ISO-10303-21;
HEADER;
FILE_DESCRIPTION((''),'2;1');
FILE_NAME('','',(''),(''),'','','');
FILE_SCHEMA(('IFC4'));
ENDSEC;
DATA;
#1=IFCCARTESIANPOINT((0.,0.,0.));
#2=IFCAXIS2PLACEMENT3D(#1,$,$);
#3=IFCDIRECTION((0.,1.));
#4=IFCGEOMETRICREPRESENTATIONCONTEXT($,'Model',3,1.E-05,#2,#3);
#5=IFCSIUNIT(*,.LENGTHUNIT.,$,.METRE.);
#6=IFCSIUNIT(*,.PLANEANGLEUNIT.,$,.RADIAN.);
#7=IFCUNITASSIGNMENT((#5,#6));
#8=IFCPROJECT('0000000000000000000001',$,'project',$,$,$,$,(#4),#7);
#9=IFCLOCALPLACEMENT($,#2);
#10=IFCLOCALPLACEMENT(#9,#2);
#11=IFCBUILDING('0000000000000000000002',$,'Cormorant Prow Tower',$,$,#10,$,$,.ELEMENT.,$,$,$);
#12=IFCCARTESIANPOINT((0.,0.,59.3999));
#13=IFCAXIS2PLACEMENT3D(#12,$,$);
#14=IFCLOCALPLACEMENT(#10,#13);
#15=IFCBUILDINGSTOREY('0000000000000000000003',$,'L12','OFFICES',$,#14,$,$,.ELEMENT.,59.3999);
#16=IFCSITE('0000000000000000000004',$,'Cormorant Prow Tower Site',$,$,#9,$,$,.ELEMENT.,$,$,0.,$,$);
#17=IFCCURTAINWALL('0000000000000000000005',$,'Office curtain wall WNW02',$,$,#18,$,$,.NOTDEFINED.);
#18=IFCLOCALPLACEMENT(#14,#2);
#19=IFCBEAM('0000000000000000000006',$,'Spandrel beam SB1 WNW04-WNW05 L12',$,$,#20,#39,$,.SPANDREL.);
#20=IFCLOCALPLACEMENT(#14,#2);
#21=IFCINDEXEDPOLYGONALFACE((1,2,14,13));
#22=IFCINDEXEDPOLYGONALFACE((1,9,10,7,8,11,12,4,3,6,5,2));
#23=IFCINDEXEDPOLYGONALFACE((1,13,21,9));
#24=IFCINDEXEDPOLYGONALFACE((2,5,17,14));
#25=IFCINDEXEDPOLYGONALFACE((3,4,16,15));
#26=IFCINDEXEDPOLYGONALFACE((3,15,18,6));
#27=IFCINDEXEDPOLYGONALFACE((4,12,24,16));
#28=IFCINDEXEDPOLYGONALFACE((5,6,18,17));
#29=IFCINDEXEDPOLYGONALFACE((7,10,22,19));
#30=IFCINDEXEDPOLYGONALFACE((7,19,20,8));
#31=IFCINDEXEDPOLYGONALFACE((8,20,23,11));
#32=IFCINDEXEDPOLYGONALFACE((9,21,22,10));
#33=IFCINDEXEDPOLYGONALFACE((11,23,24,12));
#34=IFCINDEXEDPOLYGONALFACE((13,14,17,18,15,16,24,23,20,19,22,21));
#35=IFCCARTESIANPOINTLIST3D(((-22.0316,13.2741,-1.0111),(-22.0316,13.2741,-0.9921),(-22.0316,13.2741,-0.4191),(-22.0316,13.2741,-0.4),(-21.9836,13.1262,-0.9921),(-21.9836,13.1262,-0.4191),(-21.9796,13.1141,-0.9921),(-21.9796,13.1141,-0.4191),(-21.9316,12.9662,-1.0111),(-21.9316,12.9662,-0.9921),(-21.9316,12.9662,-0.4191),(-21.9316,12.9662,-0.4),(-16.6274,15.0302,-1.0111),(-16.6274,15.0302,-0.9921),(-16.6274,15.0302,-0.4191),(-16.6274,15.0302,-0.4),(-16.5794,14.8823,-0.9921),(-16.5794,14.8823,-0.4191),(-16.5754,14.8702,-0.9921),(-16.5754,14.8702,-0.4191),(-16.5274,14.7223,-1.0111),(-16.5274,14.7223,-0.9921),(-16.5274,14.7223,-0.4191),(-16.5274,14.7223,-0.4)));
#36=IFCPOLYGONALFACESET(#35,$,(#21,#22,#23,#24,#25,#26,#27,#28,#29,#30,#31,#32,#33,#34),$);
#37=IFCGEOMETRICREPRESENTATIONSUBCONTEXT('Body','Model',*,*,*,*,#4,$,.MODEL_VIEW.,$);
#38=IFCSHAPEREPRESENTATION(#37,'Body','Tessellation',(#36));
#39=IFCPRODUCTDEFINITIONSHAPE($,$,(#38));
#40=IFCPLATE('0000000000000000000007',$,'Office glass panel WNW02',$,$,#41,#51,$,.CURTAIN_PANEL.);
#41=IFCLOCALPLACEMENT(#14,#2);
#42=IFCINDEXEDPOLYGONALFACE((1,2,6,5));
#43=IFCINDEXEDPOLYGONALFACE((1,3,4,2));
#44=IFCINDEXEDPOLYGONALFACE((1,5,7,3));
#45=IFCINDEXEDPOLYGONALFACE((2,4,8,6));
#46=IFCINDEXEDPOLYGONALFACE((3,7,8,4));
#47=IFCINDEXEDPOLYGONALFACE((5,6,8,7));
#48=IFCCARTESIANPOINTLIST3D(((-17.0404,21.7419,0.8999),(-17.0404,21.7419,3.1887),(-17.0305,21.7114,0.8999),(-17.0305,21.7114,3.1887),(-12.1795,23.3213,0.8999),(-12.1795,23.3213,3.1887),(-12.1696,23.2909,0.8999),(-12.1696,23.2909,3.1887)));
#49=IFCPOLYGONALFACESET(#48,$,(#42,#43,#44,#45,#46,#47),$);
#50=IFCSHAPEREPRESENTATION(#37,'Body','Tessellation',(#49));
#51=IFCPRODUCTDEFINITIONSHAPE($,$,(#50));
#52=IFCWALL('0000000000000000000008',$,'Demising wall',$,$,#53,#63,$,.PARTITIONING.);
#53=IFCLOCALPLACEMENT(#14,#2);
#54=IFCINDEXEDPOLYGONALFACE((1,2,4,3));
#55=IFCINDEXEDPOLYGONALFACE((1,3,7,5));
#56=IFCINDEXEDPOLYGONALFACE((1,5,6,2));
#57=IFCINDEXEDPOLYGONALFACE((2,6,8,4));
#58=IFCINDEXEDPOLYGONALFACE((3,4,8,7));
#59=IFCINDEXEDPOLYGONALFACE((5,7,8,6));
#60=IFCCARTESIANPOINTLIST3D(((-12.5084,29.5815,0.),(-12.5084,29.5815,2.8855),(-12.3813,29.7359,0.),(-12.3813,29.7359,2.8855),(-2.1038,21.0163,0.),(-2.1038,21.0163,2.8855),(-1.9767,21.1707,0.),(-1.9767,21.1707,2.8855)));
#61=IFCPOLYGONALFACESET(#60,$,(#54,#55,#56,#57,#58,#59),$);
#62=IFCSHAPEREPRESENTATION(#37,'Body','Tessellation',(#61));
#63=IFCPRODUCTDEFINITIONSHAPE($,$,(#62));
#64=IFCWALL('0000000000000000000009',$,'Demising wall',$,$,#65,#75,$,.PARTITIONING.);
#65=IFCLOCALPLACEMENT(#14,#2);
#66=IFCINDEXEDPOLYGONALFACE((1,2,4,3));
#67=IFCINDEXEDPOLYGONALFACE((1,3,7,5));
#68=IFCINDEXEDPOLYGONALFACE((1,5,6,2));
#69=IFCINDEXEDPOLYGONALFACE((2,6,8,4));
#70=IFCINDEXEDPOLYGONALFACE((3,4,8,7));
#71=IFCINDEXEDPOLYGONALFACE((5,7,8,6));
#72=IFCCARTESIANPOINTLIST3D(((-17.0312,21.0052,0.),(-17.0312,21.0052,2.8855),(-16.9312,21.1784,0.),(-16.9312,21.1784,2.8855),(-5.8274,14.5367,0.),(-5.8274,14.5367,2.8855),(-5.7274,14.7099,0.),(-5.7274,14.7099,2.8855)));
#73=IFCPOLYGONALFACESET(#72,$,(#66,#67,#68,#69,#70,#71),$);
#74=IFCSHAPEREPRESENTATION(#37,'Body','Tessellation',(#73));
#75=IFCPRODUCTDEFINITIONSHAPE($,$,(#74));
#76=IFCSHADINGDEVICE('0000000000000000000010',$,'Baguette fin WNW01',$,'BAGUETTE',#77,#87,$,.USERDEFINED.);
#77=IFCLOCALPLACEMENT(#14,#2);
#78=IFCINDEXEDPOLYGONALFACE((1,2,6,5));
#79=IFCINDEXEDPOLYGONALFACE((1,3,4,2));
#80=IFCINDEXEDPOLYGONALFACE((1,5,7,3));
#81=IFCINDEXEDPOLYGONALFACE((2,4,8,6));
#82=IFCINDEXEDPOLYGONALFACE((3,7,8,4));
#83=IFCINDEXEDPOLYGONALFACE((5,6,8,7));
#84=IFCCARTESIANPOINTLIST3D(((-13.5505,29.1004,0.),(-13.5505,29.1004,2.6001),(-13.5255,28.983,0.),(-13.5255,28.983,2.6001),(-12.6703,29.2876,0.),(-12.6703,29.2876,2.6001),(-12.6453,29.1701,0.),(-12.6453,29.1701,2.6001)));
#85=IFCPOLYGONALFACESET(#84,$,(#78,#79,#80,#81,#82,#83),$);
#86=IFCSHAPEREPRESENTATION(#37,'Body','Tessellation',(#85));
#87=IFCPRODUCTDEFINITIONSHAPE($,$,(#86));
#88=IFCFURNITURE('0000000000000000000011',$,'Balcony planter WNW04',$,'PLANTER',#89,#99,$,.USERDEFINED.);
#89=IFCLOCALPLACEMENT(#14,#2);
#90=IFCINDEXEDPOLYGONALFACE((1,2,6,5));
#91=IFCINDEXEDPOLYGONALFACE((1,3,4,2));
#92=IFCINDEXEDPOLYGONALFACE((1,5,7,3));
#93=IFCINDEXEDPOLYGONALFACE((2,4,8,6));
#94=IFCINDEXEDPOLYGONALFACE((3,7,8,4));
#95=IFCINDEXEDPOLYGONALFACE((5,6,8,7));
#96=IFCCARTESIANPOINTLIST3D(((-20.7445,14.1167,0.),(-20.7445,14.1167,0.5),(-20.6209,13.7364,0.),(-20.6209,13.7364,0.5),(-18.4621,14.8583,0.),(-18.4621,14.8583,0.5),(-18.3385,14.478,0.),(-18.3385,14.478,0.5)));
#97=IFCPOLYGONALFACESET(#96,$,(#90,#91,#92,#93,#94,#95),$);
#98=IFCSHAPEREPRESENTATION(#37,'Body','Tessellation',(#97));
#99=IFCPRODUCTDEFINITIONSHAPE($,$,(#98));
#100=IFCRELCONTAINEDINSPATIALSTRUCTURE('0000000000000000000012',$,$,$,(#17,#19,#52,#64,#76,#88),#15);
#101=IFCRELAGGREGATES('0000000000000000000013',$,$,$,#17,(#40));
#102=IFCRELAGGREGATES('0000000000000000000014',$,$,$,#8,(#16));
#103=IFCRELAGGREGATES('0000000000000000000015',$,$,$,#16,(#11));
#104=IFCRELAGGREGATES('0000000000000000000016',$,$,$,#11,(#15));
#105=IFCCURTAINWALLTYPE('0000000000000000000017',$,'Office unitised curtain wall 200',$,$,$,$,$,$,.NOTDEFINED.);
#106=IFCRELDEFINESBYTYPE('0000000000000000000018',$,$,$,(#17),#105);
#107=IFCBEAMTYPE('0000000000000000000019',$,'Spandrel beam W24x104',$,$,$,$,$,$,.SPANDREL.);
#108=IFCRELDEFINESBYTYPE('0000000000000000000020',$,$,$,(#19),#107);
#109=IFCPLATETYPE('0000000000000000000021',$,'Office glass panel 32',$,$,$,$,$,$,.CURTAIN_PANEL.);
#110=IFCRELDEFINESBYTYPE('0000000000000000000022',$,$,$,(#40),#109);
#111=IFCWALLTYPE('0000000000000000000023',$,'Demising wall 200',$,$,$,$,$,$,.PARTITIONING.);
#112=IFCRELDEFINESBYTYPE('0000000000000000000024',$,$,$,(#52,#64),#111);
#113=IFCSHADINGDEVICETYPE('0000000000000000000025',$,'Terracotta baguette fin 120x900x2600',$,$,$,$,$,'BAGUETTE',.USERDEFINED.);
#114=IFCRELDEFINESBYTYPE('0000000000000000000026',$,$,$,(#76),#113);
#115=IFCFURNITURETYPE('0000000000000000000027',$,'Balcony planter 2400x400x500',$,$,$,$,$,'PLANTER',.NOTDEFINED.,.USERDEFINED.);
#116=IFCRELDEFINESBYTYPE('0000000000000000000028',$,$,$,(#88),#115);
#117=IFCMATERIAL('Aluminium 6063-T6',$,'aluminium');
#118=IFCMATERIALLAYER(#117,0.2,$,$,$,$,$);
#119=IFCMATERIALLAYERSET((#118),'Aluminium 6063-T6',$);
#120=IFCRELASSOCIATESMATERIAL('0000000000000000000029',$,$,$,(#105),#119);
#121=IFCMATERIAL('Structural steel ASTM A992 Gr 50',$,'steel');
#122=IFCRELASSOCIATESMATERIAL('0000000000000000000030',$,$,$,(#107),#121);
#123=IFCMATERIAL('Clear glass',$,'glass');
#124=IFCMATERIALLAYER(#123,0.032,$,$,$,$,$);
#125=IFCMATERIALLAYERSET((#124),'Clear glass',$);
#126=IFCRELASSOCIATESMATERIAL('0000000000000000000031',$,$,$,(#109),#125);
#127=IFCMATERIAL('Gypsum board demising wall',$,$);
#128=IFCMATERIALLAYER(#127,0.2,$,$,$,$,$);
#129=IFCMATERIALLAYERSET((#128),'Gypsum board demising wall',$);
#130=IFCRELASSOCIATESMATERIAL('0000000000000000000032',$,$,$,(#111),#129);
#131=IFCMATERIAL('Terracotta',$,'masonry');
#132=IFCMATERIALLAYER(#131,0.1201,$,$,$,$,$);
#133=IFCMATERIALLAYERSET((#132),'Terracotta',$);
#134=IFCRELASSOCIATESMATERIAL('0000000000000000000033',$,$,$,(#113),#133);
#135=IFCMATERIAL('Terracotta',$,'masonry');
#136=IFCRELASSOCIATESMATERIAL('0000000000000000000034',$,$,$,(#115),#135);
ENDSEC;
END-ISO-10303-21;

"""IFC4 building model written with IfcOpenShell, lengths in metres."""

from ifc_helpers import new_model, si_unit, direction, frame, frame_2d, origin, origin_2d, place, context, subcontext, project, spatial, rectangle, i_section, extrude, material, layer, layer_set, material_profile, profile_set, type_object, element, aggregate, save


model = new_model("IFC4")

# Units and contexts
model_context = context("Model", 3, precision=1e-05, world=origin(), true_north=direction((0.0, 1.0)))
body_context = subcontext(model_context, "Body", "Model", "MODEL_VIEW")
ifc_project = project(units=[si_unit("LENGTHUNIT", "METRE"), si_unit("PLANEANGLEUNIT", "RADIAN")], contexts=[model_context])

# Site, building, storey
site_placement = place(None, origin())
site = spatial("IfcSite", under=ifc_project, at=site_placement, Name="Cormorant Prow Tower Site", CompositionType="ELEMENT", RefElevation=0.0)
building_placement = place(site_placement, origin())
building = spatial("IfcBuilding", under=site, at=building_placement, Name="Cormorant Prow Tower", CompositionType="ELEMENT")
storey_placement = place(building_placement, frame((0.0, 0.0, 59.3999)))
storey = spatial("IfcBuildingStorey", under=building, at=storey_placement, Name="L12", Description="OFFICES", CompositionType="ELEMENT", Elevation=59.3999)

# Curtain wall
ifc_material_1 = material(Name="Aluminium 6063-T6", Category="aluminium")
ifc_layer_1 = layer(ifc_material_1, 0.2)
ifc_layer_set_1 = layer_set([ifc_layer_1], Name="Aluminium 6063-T6")
curtain_wall_type = type_object("IfcCurtainWallType", Name="Office unitised curtain wall 200", PredefinedType="NOTDEFINED", material=ifc_layer_set_1)
curtain_wall_1_placement = place(storey_placement, origin())
curtain_wall_1 = element("IfcCurtainWall", 1, at=curtain_wall_1_placement, inside=storey, type_object=curtain_wall_type, Name="Office curtain wall WNW02", PredefinedType="NOTDEFINED")

# Beam
ifc_material_2 = material(Name="Structural steel ASTM A992 Gr 50", Category="steel")
ifc_material_profile_1 = material_profile(ifc_material_2, i_section(OverallWidth=0.3237, OverallDepth=0.6111, WebThickness=0.0127, FlangeThickness=0.019, at=origin_2d()), Name="W24x104")
ifc_profile_set_1 = profile_set([ifc_material_profile_1], Name="Structural steel ASTM A992 Gr 50")
beam_type = type_object("IfcBeamType", Name="Spandrel beam W24x104", PredefinedType="SPANDREL", material=ifc_profile_set_1)
beam_1_placement = place(storey_placement, frame((-16.5774, 14.8762, -0.7056), z_axis=(-0.951049, -0.309039, 0.0), x_axis=(0.309039, -0.951049, 0.0)))
element("IfcBeam", 2, at=beam_1_placement, inside=storey, type_object=beam_type, Name="Spandrel beam SB1 WNW04-WNW05 L12", PredefinedType="SPANDREL", context=body_context, shape_type="SweptSolid", body=[
    extrude(i_section(OverallWidth=0.3237, OverallDepth=0.6111, WebThickness=0.0127, FlangeThickness=0.019, at=origin_2d()), origin(), (0.0, 0.0, 1.0), 5.6824),
])

# Plate
ifc_material_3 = material(Name="Clear glass", Category="glass")
ifc_layer_2 = layer(ifc_material_3, 0.032)
ifc_layer_set_2 = layer_set([ifc_layer_2], Name="Clear glass")
plate_type = type_object("IfcPlateType", Name="Office glass panel 32", PredefinedType="CURTAIN_PANEL", material=ifc_layer_set_2)
plate_placement = place(storey_placement, frame((-14.605, 22.5164, 0.8999), z_axis=(0.0, 0.0, 1.0), x_axis=(-0.951057, -0.309017, 0.0)))
plate = element("IfcPlate", 3, at=plate_placement, type_object=plate_type, Name="Office glass panel WNW02", PredefinedType="CURTAIN_PANEL", context=body_context, shape_type="SweptSolid", body=[
    extrude(rectangle(XDim=5.1111, YDim=0.032, at=origin_2d()), origin(), (0.0, 0.0, 1.0), 2.2888),
])
aggregate(curtain_wall_1, [plate])

# Walls
ifc_material_4 = material(Name="Gypsum board demising wall")
ifc_layer_3 = layer(ifc_material_4, 0.2)
ifc_layer_set_3 = layer_set([ifc_layer_3], Name="Gypsum board demising wall")
wall_type_1 = type_object("IfcWallType", Name="Demising wall 200", PredefinedType="PARTITIONING", material=ifc_layer_set_3)
wall_1_placement = place(storey_placement, frame((-12.4448, 29.6587, 0.0), z_axis=(0.0, 0.0, 1.0), x_axis=(0.772049, -0.635563, 0.0)))
element("IfcWall", 4, at=wall_1_placement, inside=storey, type_object=wall_type_1, Name="Demising wall", PredefinedType="PARTITIONING", context=body_context, shape_type="SweptSolid", body=[
    extrude(rectangle(XDim=13.4766, YDim=0.2, at=frame_2d((6.7383, 0.0))), origin(), (0.0, 0.0, 1.0), 2.8855),
])
wall_2_placement = place(storey_placement, frame((-16.9812, 21.0918, 0.0), z_axis=(0.0, 0.0, 1.0), x_axis=(0.866027, -0.499997, 0.0)))
element("IfcWall", 5, at=wall_2_placement, inside=storey, type_object=wall_type_1, Name="Demising wall", PredefinedType="PARTITIONING", context=body_context, shape_type="SweptSolid", body=[
    extrude(rectangle(XDim=12.937, YDim=0.2, at=frame_2d((6.4685, 0.0))), origin(), (0.0, 0.0, 1.0), 2.8855),
])

# Shading device
ifc_material_5 = material(Name="Terracotta", Category="masonry")
ifc_layer_4 = layer(ifc_material_5, 0.1201)
ifc_layer_set_4 = layer_set([ifc_layer_4], Name="Terracotta")
shading_device_type = type_object("IfcShadingDeviceType", Name="Terracotta baguette fin 120x900x2600", ElementType="BAGUETTE", PredefinedType="USERDEFINED", material=ifc_layer_set_4)
shading_device_placement = place(storey_placement, frame((-13.0979, 29.1353, 0.0), z_axis=(0.0, 0.0, 1.0), x_axis=(0.207912, -0.978148, 0.0)))
element("IfcShadingDevice", 6, at=shading_device_placement, inside=storey, type_object=shading_device_type, Name="Baguette fin WNW01", ObjectType="BAGUETTE", PredefinedType="USERDEFINED", context=body_context, shape_type="SweptSolid", body=[
    extrude(rectangle(XDim=0.1201, YDim=0.8999, at=origin_2d()), origin(), (0.0, 0.0, 1.0), 2.6001),
])

# Furniture
ifc_material_6 = material(Name="Terracotta", Category="masonry")
furniture_type = type_object("IfcFurnitureType", Name="Balcony planter 2400x400x500", ElementType="PLANTER", AssemblyPlace="NOTDEFINED", PredefinedType="USERDEFINED", material=ifc_material_6)
furniture_placement = place(storey_placement, frame((-19.5415, 14.2974, 0.0), z_axis=(0.0, 0.0, 1.0), x_axis=(-0.951056, -0.309017, 0.0)))
element("IfcFurniture", 7, at=furniture_placement, inside=storey, type_object=furniture_type, Name="Balcony planter WNW04", ObjectType="PLANTER", PredefinedType="USERDEFINED", context=body_context, shape_type="SweptSolid", body=[
    extrude(rectangle(XDim=2.3999, YDim=0.3999, at=origin_2d()), origin(), (0.0, 0.0, 1.0), 0.5),
])

save(model, "model.ifc")
